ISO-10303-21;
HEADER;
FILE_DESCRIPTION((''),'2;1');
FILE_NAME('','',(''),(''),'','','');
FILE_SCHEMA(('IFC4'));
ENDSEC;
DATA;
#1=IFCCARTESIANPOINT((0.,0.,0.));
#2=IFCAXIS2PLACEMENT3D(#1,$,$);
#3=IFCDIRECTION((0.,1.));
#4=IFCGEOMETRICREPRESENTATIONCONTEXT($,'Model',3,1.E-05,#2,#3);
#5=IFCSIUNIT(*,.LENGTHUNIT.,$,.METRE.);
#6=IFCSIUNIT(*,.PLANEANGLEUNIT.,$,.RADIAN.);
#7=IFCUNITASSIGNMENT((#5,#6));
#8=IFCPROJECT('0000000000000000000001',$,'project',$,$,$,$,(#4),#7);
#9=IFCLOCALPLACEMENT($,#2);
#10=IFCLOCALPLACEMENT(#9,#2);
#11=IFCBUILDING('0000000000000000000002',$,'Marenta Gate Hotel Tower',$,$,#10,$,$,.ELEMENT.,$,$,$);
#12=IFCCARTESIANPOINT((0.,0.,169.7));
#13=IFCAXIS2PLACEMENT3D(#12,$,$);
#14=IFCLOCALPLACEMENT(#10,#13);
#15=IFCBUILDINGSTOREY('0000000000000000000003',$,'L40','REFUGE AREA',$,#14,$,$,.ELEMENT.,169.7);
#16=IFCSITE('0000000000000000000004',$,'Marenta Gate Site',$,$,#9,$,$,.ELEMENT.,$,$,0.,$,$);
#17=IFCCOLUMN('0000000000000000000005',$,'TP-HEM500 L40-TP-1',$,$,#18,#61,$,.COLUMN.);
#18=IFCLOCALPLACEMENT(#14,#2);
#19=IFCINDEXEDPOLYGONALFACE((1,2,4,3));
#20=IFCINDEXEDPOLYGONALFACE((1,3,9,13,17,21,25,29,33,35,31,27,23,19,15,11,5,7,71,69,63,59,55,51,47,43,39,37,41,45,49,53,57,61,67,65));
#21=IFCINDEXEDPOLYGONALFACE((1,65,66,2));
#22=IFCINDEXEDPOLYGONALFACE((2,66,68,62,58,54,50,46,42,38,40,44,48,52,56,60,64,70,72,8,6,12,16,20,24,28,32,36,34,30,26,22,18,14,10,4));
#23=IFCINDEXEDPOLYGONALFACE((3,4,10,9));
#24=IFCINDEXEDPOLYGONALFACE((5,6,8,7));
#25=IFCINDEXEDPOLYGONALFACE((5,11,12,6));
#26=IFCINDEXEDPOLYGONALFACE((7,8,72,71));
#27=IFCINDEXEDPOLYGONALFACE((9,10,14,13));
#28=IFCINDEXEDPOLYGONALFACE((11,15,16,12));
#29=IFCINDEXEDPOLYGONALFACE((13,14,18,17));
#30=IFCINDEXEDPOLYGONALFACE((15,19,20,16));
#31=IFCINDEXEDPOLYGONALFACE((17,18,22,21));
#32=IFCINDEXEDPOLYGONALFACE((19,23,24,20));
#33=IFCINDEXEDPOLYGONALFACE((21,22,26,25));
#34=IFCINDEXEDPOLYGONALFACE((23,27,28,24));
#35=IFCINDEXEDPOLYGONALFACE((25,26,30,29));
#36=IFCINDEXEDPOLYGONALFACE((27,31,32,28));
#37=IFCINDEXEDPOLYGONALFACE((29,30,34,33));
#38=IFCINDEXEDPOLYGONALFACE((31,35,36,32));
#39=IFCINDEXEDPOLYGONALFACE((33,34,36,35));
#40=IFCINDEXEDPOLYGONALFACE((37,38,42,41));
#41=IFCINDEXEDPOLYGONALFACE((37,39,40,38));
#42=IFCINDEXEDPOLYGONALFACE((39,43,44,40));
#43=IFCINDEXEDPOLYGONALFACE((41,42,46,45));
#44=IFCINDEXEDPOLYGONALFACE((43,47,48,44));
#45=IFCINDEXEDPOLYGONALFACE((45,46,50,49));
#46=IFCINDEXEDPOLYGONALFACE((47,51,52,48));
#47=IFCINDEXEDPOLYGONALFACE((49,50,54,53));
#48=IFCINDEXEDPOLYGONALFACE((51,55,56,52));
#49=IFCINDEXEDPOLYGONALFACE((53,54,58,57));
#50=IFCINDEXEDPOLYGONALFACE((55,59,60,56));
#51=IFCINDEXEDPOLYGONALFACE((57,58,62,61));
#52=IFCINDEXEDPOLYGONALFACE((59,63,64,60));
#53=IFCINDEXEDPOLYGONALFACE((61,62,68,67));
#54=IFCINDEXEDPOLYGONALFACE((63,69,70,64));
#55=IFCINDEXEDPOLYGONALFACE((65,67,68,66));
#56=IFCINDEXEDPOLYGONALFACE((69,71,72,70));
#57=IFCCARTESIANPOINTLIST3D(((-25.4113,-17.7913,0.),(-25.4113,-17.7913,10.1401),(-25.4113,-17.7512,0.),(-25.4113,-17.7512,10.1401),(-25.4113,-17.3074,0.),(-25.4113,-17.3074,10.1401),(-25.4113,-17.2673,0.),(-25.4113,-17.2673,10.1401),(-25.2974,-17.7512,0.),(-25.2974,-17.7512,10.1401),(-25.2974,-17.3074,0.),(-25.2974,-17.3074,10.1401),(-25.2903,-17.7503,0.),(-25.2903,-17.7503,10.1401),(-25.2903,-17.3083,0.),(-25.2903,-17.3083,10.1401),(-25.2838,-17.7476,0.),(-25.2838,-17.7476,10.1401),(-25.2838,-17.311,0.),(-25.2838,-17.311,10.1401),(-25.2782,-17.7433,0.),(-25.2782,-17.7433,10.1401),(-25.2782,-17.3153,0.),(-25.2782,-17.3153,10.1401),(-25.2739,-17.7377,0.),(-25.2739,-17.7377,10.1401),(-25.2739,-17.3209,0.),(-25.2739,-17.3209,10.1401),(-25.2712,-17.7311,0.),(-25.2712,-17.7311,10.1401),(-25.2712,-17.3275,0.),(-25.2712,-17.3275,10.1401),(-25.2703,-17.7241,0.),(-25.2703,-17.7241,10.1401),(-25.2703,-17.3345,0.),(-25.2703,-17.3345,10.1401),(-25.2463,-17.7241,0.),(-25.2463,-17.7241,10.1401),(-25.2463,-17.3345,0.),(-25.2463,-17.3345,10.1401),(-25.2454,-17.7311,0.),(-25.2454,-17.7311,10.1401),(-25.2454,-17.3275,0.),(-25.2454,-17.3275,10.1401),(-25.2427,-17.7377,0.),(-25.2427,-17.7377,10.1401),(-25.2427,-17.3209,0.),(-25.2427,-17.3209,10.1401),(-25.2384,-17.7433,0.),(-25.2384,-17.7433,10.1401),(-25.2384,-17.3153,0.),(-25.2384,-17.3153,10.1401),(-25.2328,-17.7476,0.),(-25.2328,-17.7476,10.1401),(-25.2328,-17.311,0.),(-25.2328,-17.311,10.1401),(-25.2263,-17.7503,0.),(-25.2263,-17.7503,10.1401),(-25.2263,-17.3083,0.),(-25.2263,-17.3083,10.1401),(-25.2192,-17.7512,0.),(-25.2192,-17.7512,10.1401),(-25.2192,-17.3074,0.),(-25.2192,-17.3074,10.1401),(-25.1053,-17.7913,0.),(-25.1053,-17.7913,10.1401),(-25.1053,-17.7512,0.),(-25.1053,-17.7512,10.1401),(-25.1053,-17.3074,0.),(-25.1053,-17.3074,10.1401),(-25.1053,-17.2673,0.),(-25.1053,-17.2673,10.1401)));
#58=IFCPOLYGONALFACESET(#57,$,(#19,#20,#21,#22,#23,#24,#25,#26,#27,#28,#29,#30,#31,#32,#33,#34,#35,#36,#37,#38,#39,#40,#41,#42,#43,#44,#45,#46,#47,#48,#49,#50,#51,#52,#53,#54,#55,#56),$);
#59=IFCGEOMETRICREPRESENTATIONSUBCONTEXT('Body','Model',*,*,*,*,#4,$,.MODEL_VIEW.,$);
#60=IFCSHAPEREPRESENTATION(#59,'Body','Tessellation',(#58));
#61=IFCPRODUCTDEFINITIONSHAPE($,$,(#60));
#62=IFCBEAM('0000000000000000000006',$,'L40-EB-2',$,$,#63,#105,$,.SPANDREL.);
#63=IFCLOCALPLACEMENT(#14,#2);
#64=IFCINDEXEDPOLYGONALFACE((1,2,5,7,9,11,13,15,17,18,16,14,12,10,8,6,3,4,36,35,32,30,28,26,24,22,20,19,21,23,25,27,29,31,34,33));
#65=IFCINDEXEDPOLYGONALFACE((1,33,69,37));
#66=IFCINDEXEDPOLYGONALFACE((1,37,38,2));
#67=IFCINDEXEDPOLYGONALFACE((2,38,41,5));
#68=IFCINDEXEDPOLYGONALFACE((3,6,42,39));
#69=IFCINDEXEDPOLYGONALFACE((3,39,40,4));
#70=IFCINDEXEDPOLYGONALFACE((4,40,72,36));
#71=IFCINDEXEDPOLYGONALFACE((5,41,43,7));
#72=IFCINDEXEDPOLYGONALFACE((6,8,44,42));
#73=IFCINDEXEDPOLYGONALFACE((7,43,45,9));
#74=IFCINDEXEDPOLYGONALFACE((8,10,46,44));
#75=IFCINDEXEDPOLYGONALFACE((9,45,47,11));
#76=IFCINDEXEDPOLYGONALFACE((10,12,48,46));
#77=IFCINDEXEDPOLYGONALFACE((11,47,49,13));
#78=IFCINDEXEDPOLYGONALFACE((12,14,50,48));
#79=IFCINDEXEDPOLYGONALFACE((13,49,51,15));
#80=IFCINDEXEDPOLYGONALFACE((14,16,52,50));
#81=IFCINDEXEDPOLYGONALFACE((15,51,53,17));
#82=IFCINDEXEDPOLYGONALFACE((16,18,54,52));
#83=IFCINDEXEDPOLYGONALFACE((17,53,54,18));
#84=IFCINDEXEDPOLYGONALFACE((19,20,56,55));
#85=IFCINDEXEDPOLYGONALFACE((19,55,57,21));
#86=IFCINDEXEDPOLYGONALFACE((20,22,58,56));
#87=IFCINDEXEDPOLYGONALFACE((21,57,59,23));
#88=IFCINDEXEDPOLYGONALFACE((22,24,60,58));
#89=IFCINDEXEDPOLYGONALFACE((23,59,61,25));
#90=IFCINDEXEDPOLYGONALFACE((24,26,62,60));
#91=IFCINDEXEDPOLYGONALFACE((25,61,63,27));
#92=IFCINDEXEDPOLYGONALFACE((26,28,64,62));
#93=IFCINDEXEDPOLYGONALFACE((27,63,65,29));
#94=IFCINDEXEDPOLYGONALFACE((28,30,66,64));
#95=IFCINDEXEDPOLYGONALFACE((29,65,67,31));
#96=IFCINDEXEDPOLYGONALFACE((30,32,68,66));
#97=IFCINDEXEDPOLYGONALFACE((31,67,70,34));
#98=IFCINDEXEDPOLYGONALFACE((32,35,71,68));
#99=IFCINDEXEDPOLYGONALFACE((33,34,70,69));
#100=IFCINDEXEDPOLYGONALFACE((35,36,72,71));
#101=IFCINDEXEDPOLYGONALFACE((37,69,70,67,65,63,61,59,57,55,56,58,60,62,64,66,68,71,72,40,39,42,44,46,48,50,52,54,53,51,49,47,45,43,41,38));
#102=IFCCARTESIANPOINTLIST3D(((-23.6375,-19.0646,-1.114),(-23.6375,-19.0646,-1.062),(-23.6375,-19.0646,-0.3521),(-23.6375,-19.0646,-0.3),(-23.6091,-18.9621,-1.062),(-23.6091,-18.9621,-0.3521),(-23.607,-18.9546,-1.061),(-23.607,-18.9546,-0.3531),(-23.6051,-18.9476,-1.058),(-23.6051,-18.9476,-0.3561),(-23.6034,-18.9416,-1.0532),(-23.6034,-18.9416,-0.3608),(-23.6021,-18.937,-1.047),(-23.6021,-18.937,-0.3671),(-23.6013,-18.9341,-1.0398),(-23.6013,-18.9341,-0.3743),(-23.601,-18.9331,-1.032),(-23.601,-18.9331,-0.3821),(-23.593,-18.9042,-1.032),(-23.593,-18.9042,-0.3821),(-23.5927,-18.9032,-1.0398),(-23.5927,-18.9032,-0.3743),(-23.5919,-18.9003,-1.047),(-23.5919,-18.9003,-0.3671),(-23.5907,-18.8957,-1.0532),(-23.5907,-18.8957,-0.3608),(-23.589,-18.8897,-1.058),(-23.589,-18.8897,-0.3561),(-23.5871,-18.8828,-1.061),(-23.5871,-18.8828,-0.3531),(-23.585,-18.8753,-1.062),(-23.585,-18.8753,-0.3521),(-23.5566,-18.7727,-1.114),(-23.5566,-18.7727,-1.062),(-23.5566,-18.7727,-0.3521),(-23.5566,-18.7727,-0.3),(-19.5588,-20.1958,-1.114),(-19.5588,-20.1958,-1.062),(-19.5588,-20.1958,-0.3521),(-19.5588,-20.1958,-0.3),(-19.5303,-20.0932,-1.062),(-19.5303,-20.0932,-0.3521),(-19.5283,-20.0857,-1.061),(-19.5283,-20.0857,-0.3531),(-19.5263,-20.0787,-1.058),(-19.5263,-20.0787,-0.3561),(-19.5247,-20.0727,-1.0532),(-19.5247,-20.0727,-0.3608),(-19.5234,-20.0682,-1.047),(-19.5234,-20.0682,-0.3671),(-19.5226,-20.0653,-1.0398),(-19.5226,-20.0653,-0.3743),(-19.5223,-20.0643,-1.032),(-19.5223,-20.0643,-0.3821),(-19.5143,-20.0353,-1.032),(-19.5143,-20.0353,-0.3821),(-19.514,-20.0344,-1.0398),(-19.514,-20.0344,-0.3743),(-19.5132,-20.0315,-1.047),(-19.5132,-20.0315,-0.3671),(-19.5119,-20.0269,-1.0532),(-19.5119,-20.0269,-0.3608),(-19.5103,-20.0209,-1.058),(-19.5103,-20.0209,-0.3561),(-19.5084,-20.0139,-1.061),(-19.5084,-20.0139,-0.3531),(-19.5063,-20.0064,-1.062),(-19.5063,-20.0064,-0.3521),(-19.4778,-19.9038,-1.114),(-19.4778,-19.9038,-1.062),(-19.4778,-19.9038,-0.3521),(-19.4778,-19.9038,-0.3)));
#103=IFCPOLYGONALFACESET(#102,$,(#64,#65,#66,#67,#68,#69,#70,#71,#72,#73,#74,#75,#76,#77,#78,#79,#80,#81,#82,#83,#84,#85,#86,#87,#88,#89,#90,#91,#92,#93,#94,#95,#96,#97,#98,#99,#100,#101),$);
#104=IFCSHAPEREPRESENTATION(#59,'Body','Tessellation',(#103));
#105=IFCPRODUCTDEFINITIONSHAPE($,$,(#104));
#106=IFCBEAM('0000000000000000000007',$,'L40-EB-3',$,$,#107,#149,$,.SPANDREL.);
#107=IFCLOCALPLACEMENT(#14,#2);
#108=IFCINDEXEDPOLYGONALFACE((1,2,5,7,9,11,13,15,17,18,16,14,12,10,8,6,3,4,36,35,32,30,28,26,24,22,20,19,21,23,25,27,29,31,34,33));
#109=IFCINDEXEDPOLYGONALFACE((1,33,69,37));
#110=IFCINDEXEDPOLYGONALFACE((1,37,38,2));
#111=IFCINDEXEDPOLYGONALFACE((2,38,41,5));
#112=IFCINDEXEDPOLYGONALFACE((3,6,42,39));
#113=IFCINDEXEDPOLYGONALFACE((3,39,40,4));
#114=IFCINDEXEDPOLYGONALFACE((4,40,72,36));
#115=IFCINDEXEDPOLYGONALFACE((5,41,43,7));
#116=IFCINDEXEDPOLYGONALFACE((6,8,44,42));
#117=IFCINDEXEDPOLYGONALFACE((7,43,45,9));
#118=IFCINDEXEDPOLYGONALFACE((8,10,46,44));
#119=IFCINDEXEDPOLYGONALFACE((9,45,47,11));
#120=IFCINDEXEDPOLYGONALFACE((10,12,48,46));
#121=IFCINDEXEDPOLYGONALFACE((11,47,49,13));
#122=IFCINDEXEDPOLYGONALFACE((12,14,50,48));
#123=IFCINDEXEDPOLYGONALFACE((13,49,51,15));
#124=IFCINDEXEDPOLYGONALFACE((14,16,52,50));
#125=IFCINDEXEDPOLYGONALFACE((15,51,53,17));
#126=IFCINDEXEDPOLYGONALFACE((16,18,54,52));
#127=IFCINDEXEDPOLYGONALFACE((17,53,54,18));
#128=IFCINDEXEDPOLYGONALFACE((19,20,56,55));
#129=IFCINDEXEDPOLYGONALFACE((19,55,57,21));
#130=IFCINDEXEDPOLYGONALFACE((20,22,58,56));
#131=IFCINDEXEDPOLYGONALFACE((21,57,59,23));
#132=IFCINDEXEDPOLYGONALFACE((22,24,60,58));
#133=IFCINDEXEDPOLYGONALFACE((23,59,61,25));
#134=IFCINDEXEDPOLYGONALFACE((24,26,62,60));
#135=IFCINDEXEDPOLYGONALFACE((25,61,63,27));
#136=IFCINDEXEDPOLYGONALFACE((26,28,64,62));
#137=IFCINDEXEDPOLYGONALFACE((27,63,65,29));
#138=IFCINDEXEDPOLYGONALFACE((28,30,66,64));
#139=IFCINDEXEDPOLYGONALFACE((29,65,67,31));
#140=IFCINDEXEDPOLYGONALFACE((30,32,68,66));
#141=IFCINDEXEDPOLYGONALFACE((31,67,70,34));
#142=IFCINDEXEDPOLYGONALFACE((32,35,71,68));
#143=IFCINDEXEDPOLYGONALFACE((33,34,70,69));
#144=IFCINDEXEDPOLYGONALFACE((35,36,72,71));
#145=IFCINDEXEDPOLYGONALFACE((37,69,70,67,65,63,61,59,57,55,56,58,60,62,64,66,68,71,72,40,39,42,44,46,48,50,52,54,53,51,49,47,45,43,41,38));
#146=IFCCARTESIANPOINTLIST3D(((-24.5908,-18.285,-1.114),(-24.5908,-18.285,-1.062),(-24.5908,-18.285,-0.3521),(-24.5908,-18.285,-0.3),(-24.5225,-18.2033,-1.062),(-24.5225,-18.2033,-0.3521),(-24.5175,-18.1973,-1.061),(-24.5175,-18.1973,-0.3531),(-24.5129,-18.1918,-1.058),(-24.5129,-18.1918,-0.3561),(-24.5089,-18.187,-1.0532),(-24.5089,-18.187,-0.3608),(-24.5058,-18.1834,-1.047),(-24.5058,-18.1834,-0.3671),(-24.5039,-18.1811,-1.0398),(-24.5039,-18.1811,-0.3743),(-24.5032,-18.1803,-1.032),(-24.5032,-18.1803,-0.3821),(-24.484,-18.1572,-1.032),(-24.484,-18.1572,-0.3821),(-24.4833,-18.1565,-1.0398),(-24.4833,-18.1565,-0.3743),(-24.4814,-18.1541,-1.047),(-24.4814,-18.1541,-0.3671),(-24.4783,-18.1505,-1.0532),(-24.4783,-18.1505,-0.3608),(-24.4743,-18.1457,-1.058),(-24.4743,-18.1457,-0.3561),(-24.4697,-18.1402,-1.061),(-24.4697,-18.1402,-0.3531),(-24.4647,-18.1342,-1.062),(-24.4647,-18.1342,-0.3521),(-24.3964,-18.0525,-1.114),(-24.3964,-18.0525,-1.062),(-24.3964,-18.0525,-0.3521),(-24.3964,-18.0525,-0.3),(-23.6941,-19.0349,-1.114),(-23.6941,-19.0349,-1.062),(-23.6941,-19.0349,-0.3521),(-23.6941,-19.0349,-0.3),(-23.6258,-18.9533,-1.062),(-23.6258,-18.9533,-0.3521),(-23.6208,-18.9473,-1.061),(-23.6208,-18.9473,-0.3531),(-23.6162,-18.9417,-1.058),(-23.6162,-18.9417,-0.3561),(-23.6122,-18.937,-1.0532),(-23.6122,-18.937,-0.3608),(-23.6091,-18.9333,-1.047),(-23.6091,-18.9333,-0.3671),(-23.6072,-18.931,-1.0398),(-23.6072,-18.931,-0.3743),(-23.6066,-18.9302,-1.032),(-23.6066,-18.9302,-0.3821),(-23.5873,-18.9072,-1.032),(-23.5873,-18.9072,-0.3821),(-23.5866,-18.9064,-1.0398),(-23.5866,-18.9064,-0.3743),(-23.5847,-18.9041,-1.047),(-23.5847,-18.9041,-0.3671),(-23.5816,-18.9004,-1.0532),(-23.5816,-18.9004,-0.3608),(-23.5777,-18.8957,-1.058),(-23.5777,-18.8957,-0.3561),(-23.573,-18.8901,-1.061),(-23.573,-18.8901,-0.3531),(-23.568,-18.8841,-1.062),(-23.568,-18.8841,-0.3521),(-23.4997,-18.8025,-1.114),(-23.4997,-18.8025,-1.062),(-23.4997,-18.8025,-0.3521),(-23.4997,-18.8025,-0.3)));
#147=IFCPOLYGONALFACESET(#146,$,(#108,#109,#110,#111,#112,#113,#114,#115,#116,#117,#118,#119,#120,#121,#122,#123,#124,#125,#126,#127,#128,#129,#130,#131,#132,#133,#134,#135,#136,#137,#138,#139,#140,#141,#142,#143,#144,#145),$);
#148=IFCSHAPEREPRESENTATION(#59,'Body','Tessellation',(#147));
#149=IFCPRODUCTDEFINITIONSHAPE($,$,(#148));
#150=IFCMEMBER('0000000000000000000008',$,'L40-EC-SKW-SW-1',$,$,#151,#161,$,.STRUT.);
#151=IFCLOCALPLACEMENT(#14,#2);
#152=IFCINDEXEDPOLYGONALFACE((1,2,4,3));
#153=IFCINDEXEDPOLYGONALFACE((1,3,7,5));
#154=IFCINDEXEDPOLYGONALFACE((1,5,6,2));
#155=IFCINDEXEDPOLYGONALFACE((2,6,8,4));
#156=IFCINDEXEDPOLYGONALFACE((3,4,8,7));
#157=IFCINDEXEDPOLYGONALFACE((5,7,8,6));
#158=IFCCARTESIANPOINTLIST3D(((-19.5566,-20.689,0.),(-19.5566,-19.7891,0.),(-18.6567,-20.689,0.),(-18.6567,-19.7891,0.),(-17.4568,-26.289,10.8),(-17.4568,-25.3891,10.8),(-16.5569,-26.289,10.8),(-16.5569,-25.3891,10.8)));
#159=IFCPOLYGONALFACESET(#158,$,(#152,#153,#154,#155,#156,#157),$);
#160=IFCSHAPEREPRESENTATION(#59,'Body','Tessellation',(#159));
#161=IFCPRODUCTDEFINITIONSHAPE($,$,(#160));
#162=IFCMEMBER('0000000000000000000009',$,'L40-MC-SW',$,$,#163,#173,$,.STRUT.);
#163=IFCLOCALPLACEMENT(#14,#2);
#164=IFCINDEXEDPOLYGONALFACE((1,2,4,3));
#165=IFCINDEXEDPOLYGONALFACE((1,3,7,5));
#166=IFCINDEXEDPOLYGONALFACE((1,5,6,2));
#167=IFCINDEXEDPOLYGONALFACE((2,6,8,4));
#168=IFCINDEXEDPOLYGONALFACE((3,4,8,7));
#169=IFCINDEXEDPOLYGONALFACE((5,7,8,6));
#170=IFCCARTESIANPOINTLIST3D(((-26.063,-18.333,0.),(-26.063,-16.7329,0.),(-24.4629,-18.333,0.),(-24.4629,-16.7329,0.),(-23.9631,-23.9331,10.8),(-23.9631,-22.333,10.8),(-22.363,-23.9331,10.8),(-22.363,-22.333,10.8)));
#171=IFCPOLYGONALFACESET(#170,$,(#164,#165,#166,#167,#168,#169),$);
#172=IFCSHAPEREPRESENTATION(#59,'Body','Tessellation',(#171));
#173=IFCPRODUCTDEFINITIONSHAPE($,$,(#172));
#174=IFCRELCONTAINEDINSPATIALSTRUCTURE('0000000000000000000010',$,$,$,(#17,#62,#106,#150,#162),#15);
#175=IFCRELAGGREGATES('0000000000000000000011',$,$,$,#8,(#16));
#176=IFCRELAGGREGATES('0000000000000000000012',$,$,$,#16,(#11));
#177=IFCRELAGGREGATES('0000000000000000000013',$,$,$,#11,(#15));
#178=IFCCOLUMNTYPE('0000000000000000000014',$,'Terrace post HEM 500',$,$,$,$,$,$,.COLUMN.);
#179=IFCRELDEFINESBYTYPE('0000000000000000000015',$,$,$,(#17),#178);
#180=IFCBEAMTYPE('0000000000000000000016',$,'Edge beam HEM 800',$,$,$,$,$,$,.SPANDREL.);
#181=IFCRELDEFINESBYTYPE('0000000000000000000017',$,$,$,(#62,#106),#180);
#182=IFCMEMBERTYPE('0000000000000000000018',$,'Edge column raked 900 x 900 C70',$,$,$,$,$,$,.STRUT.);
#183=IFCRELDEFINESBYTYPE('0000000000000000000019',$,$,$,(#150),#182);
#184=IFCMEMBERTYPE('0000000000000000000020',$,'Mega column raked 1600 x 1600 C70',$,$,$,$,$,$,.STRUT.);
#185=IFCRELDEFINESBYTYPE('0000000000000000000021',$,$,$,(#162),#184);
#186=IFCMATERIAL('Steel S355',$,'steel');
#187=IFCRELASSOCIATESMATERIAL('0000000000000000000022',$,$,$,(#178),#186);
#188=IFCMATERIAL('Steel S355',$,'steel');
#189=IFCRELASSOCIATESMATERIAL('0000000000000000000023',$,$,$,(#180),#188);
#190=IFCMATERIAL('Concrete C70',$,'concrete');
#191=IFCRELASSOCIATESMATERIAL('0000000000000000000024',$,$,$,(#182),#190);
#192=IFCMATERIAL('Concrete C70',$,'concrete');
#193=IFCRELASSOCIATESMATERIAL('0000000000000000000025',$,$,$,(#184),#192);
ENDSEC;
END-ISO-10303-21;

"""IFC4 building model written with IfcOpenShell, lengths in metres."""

from ifc_helpers import new_model, si_unit, direction, frame, origin, origin_2d, place, context, subcontext, project, spatial, rectangle, i_section, extrude, material, material_profile, profile_set, type_object, element, save


model = new_model("IFC4")

# Units and contexts
model_context = context("Model", 3, precision=1e-05, world=origin(), true_north=direction((0.0, 1.0)))
body_context = subcontext(model_context, "Body", "Model", "MODEL_VIEW")
ifc_project = project(units=[si_unit("LENGTHUNIT", "METRE"), si_unit("PLANEANGLEUNIT", "RADIAN")], contexts=[model_context])

# Site, building, storey
site_placement = place(None, origin())
site = spatial("IfcSite", under=ifc_project, at=site_placement, Name="Marenta Gate Site", CompositionType="ELEMENT", RefElevation=0.0)
building_placement = place(site_placement, origin())
building = spatial("IfcBuilding", under=site, at=building_placement, Name="Marenta Gate Hotel Tower", CompositionType="ELEMENT")
storey_placement = place(building_placement, frame((0.0, 0.0, 169.7)))
storey = spatial("IfcBuildingStorey", under=building, at=storey_placement, Name="L40", Description="REFUGE AREA", CompositionType="ELEMENT", Elevation=169.7)

# Column
ifc_material_1 = material(Name="Steel S355", Category="steel")
ifc_material_profile_1 = material_profile(ifc_material_1, i_section(OverallWidth=0.3059, OverallDepth=0.5239, WebThickness=0.0239, FlangeThickness=0.04, FilletRadius=0.0271, at=origin_2d()), Name="HEM 500")
ifc_profile_set_1 = profile_set([ifc_material_profile_1], Name="Steel S355")
column_type = type_object("IfcColumnType", Name="Terrace post HEM 500", PredefinedType="COLUMN", material=ifc_profile_set_1)
column_placement = place(storey_placement, frame((-25.2583, -17.5293, 0.0), z_axis=(0.0, 0.0, 1.0), x_axis=(1.0, 0.0, 0.0)))
element("IfcColumn", 1, at=column_placement, inside=storey, type_object=column_type, Name="TP-HEM500 L40-TP-1", PredefinedType="COLUMN", context=body_context, shape_type="SweptSolid", body=[
    extrude(i_section(OverallWidth=0.3059, OverallDepth=0.5239, WebThickness=0.0239, FlangeThickness=0.04, FilletRadius=0.0271, at=origin_2d()), origin(), (0.0, 0.0, 1.0), 10.1401),
])

# Beams
ifc_material_2 = material(Name="Steel S355", Category="steel")
ifc_material_profile_2 = material_profile(ifc_material_2, i_section(OverallWidth=0.303, OverallDepth=0.814, WebThickness=0.03, FlangeThickness=0.052, FilletRadius=0.03, at=origin_2d()), Name="HEM 800")
ifc_profile_set_2 = profile_set([ifc_material_profile_2], Name="Steel S355")
beam_type_1 = type_object("IfcBeamType", Name="Edge beam HEM 800", PredefinedType="SPANDREL", material=ifc_profile_set_2)
beam_1_placement = place(storey_placement, frame((-19.5183, -20.0498, -0.707), z_axis=(-0.96363, 0.267239, 0.0), x_axis=(-0.267239, -0.96363, 0.0)))
element("IfcBeam", 2, at=beam_1_placement, inside=storey, type_object=beam_type_1, Name="L40-EB-2", PredefinedType="SPANDREL", context=body_context, shape_type="SweptSolid", body=[
    extrude(i_section(OverallWidth=0.303, OverallDepth=0.814, WebThickness=0.03, FlangeThickness=0.052, FilletRadius=0.03, at=origin_2d()), origin(), (0.0, 0.0, 1.0), 4.2327),
])
beam_2_placement = place(storey_placement, frame((-23.5969, -18.9187, -0.707), z_axis=(-0.767073, 0.64156, 0.0), x_axis=(-0.64156, -0.767073, 0.0)))
element("IfcBeam", 3, at=beam_2_placement, inside=storey, type_object=beam_type_1, Name="L40-EB-3", PredefinedType="SPANDREL", context=body_context, shape_type="SweptSolid", body=[
    extrude(i_section(OverallWidth=0.303, OverallDepth=0.814, WebThickness=0.03, FlangeThickness=0.052, FilletRadius=0.03, at=origin_2d()), origin(), (0.0, 0.0, 1.0), 1.1689),
])

# Members
ifc_material_3 = material(Name="Concrete C70", Category="concrete")
ifc_material_profile_3 = material_profile(ifc_material_3, rectangle(XDim=0.8999, YDim=0.8999, at=origin_2d()), Name="900 x 900")
ifc_profile_set_3 = profile_set([ifc_material_profile_3], Name="Concrete C70")
member_type_1 = type_object("IfcMemberType", Name="Edge column raked 900 x 900 C70", PredefinedType="STRUT", material=ifc_profile_set_3)
member_1_placement = place(storey_placement, frame((-19.1067, -20.239, 0.0), z_axis=(0.0, 0.0, 1.0), x_axis=(1.0, 0.0, 0.0)))
element("IfcMember", 4, at=member_1_placement, inside=storey, type_object=member_type_1, Name="L40-EC-SKW-SW-1", PredefinedType="STRUT", context=body_context, shape_type="SweptSolid", body=[
    extrude(rectangle(XDim=0.8999, YDim=0.8999, at=origin_2d()), origin(), (0.170091, -0.453614, 0.874816), 12.3455),
])
ifc_material_4 = material(Name="Concrete C70", Category="concrete")
ifc_material_profile_4 = material_profile(ifc_material_4, rectangle(XDim=1.6001, YDim=1.6001, at=origin_2d()), Name="1600 x 1600")
ifc_profile_set_4 = profile_set([ifc_material_profile_4], Name="Concrete C70")
member_type_2 = type_object("IfcMemberType", Name="Mega column raked 1600 x 1600 C70", PredefinedType="STRUT", material=ifc_profile_set_4)
member_2_placement = place(storey_placement, frame((-25.2629, -17.533, 0.0), z_axis=(0.0, 0.0, 1.0), x_axis=(1.0, 0.0, 0.0)))
element("IfcMember", 5, at=member_2_placement, inside=storey, type_object=member_type_2, Name="L40-MC-SW", PredefinedType="STRUT", context=body_context, shape_type="SweptSolid", body=[
    extrude(rectangle(XDim=1.6001, YDim=1.6001, at=origin_2d()), origin(), (0.170091, -0.453614, 0.874816), 12.3455),
])

save(model, "model.ifc")
